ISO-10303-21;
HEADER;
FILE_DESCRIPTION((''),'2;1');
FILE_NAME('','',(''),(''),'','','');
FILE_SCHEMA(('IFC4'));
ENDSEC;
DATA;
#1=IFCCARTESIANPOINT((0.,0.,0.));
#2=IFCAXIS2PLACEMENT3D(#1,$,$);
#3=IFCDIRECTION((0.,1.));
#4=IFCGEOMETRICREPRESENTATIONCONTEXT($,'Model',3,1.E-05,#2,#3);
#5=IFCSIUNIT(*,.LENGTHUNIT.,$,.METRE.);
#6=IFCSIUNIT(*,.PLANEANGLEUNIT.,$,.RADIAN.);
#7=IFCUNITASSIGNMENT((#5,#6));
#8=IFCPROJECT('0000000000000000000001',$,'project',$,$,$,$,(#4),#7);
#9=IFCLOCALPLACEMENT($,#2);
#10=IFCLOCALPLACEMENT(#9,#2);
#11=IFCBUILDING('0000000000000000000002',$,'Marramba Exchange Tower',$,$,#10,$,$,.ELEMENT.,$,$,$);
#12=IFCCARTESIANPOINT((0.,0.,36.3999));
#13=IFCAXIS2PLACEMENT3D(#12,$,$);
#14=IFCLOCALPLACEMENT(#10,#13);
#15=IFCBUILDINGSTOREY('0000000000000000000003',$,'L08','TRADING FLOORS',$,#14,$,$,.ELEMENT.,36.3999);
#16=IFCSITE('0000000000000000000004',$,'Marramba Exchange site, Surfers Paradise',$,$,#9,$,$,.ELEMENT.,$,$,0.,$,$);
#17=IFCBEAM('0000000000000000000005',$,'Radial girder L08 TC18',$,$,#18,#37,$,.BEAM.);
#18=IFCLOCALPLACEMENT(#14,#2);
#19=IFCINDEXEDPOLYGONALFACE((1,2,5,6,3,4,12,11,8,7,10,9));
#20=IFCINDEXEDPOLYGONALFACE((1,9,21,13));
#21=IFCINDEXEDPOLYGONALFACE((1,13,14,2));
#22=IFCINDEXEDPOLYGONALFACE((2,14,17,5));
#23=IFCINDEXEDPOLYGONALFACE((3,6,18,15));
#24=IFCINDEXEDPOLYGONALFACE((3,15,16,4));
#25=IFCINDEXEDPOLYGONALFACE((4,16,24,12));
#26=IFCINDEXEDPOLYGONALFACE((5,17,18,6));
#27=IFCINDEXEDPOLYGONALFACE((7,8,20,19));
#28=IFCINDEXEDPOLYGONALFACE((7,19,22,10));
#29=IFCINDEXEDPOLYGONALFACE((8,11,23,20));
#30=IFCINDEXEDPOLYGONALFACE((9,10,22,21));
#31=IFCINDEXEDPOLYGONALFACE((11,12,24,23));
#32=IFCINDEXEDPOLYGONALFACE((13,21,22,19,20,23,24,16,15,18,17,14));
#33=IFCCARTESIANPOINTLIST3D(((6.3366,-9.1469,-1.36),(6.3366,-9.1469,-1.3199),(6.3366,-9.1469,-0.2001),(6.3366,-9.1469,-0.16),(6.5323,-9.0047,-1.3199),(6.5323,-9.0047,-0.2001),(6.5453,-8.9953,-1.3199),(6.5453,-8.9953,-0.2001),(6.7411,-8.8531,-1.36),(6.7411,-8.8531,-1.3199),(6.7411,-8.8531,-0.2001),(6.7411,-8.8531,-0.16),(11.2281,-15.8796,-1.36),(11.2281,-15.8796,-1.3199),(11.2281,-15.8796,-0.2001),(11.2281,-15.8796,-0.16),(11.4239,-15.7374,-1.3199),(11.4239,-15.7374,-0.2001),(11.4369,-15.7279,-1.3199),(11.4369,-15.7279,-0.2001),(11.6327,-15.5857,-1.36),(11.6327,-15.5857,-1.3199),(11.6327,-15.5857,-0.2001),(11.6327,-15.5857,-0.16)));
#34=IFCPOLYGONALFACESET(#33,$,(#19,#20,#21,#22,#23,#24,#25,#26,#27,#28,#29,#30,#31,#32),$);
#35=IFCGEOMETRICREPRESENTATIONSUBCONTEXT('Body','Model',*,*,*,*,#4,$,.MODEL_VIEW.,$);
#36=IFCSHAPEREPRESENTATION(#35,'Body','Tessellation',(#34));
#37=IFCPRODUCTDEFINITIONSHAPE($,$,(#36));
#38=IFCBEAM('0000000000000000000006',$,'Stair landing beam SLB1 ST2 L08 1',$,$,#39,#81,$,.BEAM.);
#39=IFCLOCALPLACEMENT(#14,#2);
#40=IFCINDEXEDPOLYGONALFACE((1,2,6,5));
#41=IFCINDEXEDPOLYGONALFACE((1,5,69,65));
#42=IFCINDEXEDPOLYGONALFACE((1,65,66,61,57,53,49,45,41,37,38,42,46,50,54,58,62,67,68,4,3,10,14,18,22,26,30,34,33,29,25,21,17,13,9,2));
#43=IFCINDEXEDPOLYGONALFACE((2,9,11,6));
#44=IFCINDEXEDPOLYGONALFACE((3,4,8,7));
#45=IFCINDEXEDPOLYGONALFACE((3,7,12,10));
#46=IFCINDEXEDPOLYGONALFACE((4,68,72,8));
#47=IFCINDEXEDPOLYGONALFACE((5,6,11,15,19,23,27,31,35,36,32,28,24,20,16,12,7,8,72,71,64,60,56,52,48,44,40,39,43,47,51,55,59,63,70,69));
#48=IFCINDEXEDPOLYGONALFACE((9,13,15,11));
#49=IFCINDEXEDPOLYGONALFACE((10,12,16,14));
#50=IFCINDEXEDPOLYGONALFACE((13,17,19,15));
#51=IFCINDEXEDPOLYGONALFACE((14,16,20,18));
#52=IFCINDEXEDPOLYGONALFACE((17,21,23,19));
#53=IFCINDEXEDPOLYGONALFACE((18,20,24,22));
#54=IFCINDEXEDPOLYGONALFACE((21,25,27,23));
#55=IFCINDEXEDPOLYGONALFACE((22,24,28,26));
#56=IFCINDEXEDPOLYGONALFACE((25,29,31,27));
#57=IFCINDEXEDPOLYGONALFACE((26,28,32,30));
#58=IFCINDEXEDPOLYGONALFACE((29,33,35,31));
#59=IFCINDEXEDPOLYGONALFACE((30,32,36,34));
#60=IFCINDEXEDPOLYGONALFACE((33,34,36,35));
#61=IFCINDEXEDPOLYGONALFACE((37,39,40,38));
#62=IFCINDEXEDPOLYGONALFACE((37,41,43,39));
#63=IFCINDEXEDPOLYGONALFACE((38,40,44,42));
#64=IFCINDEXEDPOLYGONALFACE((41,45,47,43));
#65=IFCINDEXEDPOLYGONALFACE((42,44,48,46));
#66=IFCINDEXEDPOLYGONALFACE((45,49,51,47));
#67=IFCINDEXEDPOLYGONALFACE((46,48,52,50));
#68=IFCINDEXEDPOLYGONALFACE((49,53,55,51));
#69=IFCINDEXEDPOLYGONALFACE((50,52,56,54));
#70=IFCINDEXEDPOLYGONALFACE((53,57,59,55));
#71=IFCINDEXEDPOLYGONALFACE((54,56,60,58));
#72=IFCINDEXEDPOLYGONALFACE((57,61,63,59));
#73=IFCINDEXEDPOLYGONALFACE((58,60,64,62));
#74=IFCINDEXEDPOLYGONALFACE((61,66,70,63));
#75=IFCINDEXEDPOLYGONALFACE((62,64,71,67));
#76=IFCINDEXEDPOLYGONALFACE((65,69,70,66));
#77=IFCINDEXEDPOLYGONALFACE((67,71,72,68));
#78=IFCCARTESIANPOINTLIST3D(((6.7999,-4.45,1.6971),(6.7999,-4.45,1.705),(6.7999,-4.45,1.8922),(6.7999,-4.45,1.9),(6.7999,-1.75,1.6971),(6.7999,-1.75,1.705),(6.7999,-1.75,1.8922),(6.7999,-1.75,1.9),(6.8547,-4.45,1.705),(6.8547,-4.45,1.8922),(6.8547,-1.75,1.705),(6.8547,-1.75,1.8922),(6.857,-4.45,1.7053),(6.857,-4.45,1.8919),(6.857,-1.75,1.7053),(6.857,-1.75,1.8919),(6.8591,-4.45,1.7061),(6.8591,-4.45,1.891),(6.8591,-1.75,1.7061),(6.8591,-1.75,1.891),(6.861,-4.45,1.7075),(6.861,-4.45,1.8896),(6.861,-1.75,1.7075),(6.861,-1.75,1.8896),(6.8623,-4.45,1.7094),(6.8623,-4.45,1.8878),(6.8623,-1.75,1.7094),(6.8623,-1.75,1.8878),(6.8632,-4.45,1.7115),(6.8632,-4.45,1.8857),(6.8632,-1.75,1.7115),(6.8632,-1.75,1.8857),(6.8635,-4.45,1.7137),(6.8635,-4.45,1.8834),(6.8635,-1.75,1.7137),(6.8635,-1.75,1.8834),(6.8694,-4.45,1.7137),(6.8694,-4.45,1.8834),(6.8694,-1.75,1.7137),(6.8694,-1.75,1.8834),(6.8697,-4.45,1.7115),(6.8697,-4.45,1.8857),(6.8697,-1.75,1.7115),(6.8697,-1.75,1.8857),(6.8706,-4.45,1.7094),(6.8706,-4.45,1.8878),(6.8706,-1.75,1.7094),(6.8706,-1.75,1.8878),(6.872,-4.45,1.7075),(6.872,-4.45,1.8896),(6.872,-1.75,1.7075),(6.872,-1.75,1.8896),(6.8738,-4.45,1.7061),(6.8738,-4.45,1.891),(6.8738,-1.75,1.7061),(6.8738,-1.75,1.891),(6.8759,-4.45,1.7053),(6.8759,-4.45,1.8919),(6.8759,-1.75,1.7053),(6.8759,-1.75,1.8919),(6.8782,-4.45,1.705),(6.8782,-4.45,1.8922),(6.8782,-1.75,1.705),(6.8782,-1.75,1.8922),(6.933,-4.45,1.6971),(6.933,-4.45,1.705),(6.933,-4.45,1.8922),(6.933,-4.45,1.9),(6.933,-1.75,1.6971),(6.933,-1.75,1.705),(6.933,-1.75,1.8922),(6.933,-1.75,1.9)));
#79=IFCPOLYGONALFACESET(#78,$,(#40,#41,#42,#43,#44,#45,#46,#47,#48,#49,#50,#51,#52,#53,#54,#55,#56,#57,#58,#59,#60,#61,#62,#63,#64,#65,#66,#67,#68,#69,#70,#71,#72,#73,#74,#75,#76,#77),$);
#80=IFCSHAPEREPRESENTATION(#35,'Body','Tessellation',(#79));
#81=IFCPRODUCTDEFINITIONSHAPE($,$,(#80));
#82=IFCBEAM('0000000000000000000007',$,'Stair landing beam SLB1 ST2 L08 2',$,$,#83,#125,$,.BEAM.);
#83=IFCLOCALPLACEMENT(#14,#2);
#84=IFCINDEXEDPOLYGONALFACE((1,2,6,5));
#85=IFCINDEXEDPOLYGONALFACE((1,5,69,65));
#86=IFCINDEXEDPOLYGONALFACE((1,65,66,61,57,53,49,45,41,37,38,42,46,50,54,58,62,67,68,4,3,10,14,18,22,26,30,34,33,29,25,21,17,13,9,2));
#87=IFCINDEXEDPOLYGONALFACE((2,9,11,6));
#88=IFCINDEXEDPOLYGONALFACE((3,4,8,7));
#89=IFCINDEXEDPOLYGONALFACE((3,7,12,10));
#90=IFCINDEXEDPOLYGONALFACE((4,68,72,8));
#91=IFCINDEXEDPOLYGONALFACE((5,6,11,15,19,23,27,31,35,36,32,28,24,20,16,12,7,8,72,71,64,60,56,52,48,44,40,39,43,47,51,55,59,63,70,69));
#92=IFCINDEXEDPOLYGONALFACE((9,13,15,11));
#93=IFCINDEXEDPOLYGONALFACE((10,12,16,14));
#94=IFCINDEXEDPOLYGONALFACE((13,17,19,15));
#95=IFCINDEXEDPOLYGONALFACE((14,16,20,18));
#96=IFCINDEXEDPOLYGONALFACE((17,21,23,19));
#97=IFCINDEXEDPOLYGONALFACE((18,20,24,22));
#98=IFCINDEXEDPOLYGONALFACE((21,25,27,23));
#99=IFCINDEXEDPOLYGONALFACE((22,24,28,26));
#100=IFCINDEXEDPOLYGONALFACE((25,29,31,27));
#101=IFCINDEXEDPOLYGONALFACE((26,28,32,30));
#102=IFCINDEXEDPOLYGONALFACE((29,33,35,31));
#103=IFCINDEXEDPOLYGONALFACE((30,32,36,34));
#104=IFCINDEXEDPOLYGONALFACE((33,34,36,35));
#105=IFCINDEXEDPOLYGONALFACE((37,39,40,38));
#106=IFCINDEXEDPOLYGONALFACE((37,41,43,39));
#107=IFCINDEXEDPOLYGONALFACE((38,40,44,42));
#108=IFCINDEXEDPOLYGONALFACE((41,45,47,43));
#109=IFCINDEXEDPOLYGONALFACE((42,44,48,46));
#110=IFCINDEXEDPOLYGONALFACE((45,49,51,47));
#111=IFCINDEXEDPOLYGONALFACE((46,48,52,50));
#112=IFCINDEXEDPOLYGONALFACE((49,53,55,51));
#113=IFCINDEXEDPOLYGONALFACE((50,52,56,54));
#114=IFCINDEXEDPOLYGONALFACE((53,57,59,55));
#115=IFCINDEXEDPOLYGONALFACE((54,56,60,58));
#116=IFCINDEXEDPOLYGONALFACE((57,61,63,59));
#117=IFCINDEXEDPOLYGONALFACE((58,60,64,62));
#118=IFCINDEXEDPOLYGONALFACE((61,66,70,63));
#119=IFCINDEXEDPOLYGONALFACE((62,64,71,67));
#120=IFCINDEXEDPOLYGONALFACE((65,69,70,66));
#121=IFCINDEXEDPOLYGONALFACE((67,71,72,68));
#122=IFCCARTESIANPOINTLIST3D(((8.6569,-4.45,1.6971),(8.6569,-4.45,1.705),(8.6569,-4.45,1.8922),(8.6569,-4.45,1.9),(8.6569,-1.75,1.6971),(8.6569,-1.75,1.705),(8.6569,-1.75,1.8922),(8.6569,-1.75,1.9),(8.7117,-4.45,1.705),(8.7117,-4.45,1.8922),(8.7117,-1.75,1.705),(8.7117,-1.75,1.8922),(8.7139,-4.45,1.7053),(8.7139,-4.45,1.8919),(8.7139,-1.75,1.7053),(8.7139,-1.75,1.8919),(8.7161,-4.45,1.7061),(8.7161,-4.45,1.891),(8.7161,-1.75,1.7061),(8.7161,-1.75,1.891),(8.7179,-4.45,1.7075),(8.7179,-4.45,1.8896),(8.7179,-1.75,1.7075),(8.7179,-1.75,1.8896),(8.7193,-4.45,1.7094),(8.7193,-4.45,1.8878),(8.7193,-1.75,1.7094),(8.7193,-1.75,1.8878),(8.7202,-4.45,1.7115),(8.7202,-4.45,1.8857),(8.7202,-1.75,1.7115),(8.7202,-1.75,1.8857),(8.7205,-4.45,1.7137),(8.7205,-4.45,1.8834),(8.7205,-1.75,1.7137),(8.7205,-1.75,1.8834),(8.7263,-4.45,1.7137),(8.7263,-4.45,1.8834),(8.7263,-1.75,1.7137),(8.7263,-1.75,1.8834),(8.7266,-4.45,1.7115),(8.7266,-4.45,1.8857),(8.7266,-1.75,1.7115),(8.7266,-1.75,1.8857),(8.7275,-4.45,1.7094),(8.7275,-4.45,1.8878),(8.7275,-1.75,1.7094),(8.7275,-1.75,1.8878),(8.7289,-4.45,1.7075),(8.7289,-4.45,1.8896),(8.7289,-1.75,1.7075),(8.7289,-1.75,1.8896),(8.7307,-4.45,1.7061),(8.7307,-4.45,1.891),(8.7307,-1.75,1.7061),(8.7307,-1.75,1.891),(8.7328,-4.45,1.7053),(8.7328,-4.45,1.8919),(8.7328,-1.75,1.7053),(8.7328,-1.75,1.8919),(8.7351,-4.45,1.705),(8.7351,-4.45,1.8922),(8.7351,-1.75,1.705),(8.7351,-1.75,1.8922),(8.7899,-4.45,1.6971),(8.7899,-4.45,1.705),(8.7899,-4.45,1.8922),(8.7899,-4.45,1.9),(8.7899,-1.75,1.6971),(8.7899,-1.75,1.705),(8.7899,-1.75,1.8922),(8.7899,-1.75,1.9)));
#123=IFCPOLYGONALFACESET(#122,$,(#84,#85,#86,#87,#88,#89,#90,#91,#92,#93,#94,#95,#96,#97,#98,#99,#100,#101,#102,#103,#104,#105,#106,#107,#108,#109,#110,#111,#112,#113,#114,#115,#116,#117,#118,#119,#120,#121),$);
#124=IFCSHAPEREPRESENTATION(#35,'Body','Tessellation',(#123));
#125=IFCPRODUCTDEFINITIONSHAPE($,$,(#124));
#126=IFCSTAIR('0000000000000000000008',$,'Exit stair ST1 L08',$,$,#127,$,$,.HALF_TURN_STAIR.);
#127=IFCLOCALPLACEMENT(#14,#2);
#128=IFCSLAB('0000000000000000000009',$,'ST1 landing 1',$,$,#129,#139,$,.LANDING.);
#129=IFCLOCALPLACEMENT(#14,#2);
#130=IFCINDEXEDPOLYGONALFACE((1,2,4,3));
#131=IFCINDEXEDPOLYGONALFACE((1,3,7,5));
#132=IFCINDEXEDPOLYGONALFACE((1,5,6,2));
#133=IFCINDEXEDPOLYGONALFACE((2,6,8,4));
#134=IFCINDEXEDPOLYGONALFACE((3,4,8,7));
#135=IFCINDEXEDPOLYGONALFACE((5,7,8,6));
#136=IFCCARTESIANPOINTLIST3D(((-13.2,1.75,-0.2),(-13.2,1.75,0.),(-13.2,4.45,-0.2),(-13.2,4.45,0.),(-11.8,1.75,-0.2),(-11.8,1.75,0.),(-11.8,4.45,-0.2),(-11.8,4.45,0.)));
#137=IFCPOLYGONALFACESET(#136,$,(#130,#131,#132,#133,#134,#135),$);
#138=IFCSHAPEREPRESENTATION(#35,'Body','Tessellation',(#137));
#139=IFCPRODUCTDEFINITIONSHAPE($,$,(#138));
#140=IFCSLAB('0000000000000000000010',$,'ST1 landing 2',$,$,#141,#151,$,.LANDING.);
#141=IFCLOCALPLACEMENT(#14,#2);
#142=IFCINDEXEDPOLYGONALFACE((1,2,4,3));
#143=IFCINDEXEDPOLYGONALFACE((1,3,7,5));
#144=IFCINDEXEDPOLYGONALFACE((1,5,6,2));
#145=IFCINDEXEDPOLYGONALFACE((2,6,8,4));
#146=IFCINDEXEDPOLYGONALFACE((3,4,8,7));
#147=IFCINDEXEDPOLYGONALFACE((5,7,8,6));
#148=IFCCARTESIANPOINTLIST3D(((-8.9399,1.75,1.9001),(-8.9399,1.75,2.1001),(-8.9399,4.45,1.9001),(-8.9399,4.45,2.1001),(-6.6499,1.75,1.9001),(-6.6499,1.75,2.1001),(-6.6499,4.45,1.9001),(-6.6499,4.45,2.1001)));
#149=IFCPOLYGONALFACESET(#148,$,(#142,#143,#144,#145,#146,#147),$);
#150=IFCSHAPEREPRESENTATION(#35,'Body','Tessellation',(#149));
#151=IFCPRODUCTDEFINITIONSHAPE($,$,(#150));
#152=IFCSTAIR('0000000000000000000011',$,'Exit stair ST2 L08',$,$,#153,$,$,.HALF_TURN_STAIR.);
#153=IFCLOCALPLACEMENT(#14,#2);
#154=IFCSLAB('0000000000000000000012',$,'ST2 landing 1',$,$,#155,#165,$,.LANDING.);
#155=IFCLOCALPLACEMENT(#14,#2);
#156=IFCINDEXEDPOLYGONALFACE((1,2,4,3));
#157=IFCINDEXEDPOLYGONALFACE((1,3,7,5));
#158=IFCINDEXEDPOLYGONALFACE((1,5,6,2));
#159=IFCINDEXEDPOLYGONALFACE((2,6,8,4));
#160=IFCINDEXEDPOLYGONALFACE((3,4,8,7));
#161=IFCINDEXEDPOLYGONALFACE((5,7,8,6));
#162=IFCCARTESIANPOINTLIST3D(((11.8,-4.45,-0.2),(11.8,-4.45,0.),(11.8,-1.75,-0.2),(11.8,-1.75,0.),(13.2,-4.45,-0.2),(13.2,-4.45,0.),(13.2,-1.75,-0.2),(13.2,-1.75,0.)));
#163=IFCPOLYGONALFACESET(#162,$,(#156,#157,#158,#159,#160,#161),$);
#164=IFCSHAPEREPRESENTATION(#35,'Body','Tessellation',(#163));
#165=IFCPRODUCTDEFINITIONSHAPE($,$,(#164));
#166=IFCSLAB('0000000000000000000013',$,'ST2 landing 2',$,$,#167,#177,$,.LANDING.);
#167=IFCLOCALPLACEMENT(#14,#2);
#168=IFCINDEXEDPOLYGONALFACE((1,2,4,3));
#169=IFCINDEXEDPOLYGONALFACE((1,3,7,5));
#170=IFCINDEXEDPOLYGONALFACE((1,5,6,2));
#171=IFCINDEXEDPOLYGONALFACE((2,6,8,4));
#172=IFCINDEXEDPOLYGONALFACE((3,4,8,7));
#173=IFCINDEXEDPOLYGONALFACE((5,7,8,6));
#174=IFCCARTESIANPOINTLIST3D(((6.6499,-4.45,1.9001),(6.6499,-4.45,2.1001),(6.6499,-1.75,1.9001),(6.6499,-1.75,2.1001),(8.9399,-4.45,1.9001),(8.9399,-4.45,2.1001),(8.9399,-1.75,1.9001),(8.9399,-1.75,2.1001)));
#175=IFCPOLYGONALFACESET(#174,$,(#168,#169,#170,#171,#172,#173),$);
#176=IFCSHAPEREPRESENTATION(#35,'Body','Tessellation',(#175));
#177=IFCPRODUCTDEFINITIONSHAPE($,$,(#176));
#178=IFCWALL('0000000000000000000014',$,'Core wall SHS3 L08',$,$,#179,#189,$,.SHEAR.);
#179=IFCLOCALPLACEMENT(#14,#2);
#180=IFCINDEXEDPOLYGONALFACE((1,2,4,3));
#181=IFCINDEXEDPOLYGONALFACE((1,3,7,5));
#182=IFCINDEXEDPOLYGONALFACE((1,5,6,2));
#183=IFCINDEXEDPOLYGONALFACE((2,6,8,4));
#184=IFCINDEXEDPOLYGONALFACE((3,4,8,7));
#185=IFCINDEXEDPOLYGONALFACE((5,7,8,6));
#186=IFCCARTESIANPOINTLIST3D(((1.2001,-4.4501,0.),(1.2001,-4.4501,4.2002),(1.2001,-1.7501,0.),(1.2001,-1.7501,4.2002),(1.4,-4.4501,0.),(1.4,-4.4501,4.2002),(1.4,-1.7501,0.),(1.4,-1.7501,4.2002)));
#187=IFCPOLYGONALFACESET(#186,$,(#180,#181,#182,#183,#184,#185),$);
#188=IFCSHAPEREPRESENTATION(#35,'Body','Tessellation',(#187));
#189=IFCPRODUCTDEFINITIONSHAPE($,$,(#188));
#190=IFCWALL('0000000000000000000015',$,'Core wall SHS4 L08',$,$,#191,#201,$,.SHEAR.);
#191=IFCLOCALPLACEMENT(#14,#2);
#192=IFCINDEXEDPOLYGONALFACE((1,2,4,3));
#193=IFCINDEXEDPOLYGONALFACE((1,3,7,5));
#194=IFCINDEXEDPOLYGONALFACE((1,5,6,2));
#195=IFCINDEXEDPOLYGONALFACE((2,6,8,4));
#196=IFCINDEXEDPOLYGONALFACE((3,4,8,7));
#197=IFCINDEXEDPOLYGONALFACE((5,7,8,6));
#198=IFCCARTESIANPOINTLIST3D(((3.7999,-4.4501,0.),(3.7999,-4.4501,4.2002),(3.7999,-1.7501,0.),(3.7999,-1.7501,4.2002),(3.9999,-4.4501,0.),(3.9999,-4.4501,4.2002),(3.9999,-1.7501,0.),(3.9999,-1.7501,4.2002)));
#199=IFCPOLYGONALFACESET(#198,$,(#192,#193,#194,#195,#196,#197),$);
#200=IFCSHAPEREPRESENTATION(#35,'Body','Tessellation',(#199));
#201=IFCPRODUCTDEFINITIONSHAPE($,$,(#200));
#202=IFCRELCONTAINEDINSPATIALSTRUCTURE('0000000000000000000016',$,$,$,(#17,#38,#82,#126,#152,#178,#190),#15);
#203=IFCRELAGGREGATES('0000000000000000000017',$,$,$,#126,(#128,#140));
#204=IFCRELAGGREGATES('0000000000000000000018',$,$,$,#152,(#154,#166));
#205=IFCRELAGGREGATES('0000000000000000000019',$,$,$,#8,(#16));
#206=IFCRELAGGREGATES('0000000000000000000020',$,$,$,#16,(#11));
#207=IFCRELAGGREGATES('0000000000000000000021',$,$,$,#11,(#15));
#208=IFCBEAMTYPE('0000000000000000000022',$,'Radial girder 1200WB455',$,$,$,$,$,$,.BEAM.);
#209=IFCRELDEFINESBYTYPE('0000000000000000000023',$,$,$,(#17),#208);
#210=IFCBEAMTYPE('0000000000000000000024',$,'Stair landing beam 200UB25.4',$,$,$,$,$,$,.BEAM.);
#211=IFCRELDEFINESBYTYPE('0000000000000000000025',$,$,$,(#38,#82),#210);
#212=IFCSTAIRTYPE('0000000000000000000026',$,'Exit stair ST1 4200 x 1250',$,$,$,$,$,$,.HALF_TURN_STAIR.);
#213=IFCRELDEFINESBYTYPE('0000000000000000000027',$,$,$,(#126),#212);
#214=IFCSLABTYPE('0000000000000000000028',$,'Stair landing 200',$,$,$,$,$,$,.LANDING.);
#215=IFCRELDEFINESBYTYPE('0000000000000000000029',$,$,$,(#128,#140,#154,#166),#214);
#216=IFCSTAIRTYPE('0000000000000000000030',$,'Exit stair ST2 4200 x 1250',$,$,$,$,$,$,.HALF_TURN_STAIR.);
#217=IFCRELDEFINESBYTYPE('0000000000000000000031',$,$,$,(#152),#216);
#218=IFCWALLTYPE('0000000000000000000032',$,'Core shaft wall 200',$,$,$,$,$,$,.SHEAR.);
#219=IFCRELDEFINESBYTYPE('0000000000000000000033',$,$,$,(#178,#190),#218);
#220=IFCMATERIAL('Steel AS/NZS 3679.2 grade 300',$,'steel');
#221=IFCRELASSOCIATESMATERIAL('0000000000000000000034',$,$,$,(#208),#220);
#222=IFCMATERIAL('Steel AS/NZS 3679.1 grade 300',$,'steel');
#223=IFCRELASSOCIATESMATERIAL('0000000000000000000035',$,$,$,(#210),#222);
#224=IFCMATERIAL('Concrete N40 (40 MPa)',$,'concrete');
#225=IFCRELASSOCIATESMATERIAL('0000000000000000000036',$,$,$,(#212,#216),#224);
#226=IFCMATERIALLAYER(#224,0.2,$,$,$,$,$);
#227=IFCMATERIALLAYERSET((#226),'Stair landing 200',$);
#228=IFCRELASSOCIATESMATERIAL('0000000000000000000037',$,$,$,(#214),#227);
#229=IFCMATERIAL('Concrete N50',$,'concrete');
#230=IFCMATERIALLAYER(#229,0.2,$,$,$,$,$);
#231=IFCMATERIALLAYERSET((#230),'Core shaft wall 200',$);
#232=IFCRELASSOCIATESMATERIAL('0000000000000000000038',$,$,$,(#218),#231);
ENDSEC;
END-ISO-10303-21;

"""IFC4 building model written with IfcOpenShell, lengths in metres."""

from ifc_helpers import new_model, si_unit, direction, frame, frame_2d, origin, origin_2d, place, context, subcontext, project, spatial, polyline, rectangle, i_section, outline, extrude, material, layer, layer_set, material_profile, profile_set, type_object, element, aggregate, save


model = new_model("IFC4")

# Units and contexts
model_context = context("Model", 3, precision=1e-05, world=origin(), true_north=direction((0.0, 1.0)))
body_context = subcontext(model_context, "Body", "Model", "MODEL_VIEW")
ifc_project = project(units=[si_unit("LENGTHUNIT", "METRE"), si_unit("PLANEANGLEUNIT", "RADIAN")], contexts=[model_context])

# Site, building, storey
site_placement = place(None, origin())
site = spatial("IfcSite", under=ifc_project, at=site_placement, Name="Marramba Exchange site, Surfers Paradise", CompositionType="ELEMENT", RefElevation=0.0)
building_placement = place(site_placement, origin())
building = spatial("IfcBuilding", under=site, at=building_placement, Name="Marramba Exchange Tower", CompositionType="ELEMENT")
storey_placement = place(building_placement, frame((0.0, 0.0, 36.3999)))
storey = spatial("IfcBuildingStorey", under=building, at=storey_placement, Name="L08", Description="TRADING FLOORS", CompositionType="ELEMENT", Elevation=36.3999)

# Beams
ifc_material_1 = material(Name="Steel AS/NZS 3679.2 grade 300", Category="steel")
ifc_material_profile_1 = material_profile(ifc_material_1, i_section(OverallWidth=0.5, OverallDepth=1.2, WebThickness=0.0161, FlangeThickness=0.04, at=origin_2d()), Name="1200WB455")
ifc_profile_set_1 = profile_set([ifc_material_profile_1], Name="Steel AS/NZS 3679.2 grade 300")
beam_type_1 = type_object("IfcBeamType", Name="Radial girder 1200WB455", PredefinedType="BEAM", material=ifc_profile_set_1)
beam_placement = place(storey_placement, frame((6.5388, -9.0, -0.76), z_axis=(0.587788, -0.809015, 0.0), x_axis=(0.809015, 0.587788, 0.0)))
element("IfcBeam", 1, at=beam_placement, inside=storey, type_object=beam_type_1, Name="Radial girder L08 TC18", PredefinedType="BEAM", context=body_context, shape_type="SweptSolid", body=[
    extrude(i_section(OverallWidth=0.5, OverallDepth=1.2, WebThickness=0.0161, FlangeThickness=0.04, at=origin_2d()), origin(), (0.0, 0.0, 1.0), 8.322),
])
ifc_material_2 = material(Name="Steel AS/NZS 3679.1 grade 300", Category="steel")
ifc_material_profile_2 = material_profile(ifc_material_2, i_section(OverallWidth=0.1331, OverallDepth=0.2029, WebThickness=0.0059, FlangeThickness=0.0078, FilletRadius=0.0088, at=origin_2d()), Name="200UB25.4")
ifc_profile_set_2 = profile_set([ifc_material_profile_2], Name="Steel AS/NZS 3679.1 grade 300")
beam_type_2 = type_object("IfcBeamType", Name="Stair landing beam 200UB25.4", PredefinedType="BEAM", material=ifc_profile_set_2)
for number, where, z_axis, x_axis, name in (
    (2, (6.8665, -4.45, 1.7986), (0.0, 1.0, 0.0), (-1.0, 0.0, 0.0), "Stair landing beam SLB1 ST2 L08 1"),
    (3, (8.7234, -4.45, 1.7986), (0.0, 1.0, 0.0), (-1.0, 0.0, 0.0), "Stair landing beam SLB1 ST2 L08 2"),
):
    element("IfcBeam", number, at=place(storey_placement, frame(where, z_axis=z_axis, x_axis=x_axis)), inside=storey, type_object=beam_type_2, Name=name, PredefinedType="BEAM", context=body_context, shape_type="SweptSolid", body=[
        extrude(i_section(OverallWidth=0.1331, OverallDepth=0.2029, WebThickness=0.0059, FlangeThickness=0.0078, FilletRadius=0.0088, at=origin_2d()), origin(), (0.0, 0.0, 1.0), 2.7),
    ])

# Stairs, slabs
ifc_material_3 = material(Name="Concrete N40 (40 MPa)", Category="concrete")
stair_type_1 = type_object("IfcStairType", Name="Exit stair ST1 4200 x 1250", PredefinedType="HALF_TURN_STAIR", material=ifc_material_3)
stair_1_placement = place(storey_placement, origin())
stair_1 = element("IfcStair", 4, at=stair_1_placement, inside=storey, type_object=stair_type_1, Name="Exit stair ST1 L08", PredefinedType="HALF_TURN_STAIR")
ifc_layer_1 = layer(ifc_material_3, 0.2)
ifc_layer_set_1 = layer_set([ifc_layer_1], Name="Stair landing 200")
slab_type = type_object("IfcSlabType", Name="Stair landing 200", PredefinedType="LANDING", material=ifc_layer_set_1)
slab_1_placement = place(storey_placement, frame((0.0, 0.0, -0.2)))
slab_1 = element("IfcSlab", 5, at=slab_1_placement, type_object=slab_type, Name="ST1 landing 1", PredefinedType="LANDING", context=body_context, shape_type="SweptSolid", body=[
    extrude(outline(polyline([(-13.2, 1.75), (-11.8, 1.75), (-11.8, 4.45), (-13.2, 4.45), (-13.2, 1.75)])), origin(), (0.0, 0.0, 1.0), 0.2),
])
slab_2_placement = place(storey_placement, frame((0.0, 0.0, 1.9001)))
slab_2 = element("IfcSlab", 6, at=slab_2_placement, type_object=slab_type, Name="ST1 landing 2", PredefinedType="LANDING", context=body_context, shape_type="SweptSolid", body=[
    extrude(outline(polyline([(-8.9399, 1.75), (-6.6499, 1.75), (-6.6499, 4.45), (-8.9399, 4.45), (-8.9399, 1.75)])), origin(), (0.0, 0.0, 1.0), 0.2),
])
aggregate(stair_1, [slab_1, slab_2])
stair_type_2 = type_object("IfcStairType", Name="Exit stair ST2 4200 x 1250", PredefinedType="HALF_TURN_STAIR", material=ifc_material_3)
stair_2_placement = place(storey_placement, origin())
stair_2 = element("IfcStair", 7, at=stair_2_placement, inside=storey, type_object=stair_type_2, Name="Exit stair ST2 L08", PredefinedType="HALF_TURN_STAIR")
slab_3_placement = place(storey_placement, frame((0.0, 0.0, -0.2)))
slab_3 = element("IfcSlab", 8, at=slab_3_placement, type_object=slab_type, Name="ST2 landing 1", PredefinedType="LANDING", context=body_context, shape_type="SweptSolid", body=[
    extrude(outline(polyline([(11.8, -4.45), (13.2, -4.45), (13.2, -1.75), (11.8, -1.75), (11.8, -4.45)])), origin(), (0.0, 0.0, 1.0), 0.2),
])
slab_4_placement = place(storey_placement, frame((0.0, 0.0, 1.9001)))
slab_4 = element("IfcSlab", 9, at=slab_4_placement, type_object=slab_type, Name="ST2 landing 2", PredefinedType="LANDING", context=body_context, shape_type="SweptSolid", body=[
    extrude(outline(polyline([(6.6499, -4.45), (8.9399, -4.45), (8.9399, -1.75), (6.6499, -1.75), (6.6499, -4.45)])), origin(), (0.0, 0.0, 1.0), 0.2),
])

# Walls
ifc_material_4 = material(Name="Concrete N50", Category="concrete")
ifc_layer_2 = layer(ifc_material_4, 0.2)
ifc_layer_set_2 = layer_set([ifc_layer_2], Name="Core shaft wall 200")
wall_type_1 = type_object("IfcWallType", Name="Core shaft wall 200", PredefinedType="SHEAR", material=ifc_layer_set_2)
for number, where, z_axis, x_axis, name in (
    (10, (1.3, -1.75, 0.0), (0.0, 0.0, 1.0), (0.0, -1.0, 0.0), "Core wall SHS3 L08"),
    (11, (3.8999, -1.75, 0.0), (0.0, 0.0, 1.0), (0.0, -1.0, 0.0), "Core wall SHS4 L08"),
):
    element("IfcWall", number, at=place(storey_placement, frame(where, z_axis=z_axis, x_axis=x_axis)), inside=storey, type_object=wall_type_1, Name=name, PredefinedType="SHEAR", context=body_context, shape_type="SweptSolid", body=[
        extrude(rectangle(XDim=2.7, YDim=0.2, at=frame_2d((1.3501, 0.0))), origin(), (0.0, 0.0, 1.0), 4.2002),
    ])

aggregate(stair_2, [slab_3, slab_4])

save(model, "model.ifc")
